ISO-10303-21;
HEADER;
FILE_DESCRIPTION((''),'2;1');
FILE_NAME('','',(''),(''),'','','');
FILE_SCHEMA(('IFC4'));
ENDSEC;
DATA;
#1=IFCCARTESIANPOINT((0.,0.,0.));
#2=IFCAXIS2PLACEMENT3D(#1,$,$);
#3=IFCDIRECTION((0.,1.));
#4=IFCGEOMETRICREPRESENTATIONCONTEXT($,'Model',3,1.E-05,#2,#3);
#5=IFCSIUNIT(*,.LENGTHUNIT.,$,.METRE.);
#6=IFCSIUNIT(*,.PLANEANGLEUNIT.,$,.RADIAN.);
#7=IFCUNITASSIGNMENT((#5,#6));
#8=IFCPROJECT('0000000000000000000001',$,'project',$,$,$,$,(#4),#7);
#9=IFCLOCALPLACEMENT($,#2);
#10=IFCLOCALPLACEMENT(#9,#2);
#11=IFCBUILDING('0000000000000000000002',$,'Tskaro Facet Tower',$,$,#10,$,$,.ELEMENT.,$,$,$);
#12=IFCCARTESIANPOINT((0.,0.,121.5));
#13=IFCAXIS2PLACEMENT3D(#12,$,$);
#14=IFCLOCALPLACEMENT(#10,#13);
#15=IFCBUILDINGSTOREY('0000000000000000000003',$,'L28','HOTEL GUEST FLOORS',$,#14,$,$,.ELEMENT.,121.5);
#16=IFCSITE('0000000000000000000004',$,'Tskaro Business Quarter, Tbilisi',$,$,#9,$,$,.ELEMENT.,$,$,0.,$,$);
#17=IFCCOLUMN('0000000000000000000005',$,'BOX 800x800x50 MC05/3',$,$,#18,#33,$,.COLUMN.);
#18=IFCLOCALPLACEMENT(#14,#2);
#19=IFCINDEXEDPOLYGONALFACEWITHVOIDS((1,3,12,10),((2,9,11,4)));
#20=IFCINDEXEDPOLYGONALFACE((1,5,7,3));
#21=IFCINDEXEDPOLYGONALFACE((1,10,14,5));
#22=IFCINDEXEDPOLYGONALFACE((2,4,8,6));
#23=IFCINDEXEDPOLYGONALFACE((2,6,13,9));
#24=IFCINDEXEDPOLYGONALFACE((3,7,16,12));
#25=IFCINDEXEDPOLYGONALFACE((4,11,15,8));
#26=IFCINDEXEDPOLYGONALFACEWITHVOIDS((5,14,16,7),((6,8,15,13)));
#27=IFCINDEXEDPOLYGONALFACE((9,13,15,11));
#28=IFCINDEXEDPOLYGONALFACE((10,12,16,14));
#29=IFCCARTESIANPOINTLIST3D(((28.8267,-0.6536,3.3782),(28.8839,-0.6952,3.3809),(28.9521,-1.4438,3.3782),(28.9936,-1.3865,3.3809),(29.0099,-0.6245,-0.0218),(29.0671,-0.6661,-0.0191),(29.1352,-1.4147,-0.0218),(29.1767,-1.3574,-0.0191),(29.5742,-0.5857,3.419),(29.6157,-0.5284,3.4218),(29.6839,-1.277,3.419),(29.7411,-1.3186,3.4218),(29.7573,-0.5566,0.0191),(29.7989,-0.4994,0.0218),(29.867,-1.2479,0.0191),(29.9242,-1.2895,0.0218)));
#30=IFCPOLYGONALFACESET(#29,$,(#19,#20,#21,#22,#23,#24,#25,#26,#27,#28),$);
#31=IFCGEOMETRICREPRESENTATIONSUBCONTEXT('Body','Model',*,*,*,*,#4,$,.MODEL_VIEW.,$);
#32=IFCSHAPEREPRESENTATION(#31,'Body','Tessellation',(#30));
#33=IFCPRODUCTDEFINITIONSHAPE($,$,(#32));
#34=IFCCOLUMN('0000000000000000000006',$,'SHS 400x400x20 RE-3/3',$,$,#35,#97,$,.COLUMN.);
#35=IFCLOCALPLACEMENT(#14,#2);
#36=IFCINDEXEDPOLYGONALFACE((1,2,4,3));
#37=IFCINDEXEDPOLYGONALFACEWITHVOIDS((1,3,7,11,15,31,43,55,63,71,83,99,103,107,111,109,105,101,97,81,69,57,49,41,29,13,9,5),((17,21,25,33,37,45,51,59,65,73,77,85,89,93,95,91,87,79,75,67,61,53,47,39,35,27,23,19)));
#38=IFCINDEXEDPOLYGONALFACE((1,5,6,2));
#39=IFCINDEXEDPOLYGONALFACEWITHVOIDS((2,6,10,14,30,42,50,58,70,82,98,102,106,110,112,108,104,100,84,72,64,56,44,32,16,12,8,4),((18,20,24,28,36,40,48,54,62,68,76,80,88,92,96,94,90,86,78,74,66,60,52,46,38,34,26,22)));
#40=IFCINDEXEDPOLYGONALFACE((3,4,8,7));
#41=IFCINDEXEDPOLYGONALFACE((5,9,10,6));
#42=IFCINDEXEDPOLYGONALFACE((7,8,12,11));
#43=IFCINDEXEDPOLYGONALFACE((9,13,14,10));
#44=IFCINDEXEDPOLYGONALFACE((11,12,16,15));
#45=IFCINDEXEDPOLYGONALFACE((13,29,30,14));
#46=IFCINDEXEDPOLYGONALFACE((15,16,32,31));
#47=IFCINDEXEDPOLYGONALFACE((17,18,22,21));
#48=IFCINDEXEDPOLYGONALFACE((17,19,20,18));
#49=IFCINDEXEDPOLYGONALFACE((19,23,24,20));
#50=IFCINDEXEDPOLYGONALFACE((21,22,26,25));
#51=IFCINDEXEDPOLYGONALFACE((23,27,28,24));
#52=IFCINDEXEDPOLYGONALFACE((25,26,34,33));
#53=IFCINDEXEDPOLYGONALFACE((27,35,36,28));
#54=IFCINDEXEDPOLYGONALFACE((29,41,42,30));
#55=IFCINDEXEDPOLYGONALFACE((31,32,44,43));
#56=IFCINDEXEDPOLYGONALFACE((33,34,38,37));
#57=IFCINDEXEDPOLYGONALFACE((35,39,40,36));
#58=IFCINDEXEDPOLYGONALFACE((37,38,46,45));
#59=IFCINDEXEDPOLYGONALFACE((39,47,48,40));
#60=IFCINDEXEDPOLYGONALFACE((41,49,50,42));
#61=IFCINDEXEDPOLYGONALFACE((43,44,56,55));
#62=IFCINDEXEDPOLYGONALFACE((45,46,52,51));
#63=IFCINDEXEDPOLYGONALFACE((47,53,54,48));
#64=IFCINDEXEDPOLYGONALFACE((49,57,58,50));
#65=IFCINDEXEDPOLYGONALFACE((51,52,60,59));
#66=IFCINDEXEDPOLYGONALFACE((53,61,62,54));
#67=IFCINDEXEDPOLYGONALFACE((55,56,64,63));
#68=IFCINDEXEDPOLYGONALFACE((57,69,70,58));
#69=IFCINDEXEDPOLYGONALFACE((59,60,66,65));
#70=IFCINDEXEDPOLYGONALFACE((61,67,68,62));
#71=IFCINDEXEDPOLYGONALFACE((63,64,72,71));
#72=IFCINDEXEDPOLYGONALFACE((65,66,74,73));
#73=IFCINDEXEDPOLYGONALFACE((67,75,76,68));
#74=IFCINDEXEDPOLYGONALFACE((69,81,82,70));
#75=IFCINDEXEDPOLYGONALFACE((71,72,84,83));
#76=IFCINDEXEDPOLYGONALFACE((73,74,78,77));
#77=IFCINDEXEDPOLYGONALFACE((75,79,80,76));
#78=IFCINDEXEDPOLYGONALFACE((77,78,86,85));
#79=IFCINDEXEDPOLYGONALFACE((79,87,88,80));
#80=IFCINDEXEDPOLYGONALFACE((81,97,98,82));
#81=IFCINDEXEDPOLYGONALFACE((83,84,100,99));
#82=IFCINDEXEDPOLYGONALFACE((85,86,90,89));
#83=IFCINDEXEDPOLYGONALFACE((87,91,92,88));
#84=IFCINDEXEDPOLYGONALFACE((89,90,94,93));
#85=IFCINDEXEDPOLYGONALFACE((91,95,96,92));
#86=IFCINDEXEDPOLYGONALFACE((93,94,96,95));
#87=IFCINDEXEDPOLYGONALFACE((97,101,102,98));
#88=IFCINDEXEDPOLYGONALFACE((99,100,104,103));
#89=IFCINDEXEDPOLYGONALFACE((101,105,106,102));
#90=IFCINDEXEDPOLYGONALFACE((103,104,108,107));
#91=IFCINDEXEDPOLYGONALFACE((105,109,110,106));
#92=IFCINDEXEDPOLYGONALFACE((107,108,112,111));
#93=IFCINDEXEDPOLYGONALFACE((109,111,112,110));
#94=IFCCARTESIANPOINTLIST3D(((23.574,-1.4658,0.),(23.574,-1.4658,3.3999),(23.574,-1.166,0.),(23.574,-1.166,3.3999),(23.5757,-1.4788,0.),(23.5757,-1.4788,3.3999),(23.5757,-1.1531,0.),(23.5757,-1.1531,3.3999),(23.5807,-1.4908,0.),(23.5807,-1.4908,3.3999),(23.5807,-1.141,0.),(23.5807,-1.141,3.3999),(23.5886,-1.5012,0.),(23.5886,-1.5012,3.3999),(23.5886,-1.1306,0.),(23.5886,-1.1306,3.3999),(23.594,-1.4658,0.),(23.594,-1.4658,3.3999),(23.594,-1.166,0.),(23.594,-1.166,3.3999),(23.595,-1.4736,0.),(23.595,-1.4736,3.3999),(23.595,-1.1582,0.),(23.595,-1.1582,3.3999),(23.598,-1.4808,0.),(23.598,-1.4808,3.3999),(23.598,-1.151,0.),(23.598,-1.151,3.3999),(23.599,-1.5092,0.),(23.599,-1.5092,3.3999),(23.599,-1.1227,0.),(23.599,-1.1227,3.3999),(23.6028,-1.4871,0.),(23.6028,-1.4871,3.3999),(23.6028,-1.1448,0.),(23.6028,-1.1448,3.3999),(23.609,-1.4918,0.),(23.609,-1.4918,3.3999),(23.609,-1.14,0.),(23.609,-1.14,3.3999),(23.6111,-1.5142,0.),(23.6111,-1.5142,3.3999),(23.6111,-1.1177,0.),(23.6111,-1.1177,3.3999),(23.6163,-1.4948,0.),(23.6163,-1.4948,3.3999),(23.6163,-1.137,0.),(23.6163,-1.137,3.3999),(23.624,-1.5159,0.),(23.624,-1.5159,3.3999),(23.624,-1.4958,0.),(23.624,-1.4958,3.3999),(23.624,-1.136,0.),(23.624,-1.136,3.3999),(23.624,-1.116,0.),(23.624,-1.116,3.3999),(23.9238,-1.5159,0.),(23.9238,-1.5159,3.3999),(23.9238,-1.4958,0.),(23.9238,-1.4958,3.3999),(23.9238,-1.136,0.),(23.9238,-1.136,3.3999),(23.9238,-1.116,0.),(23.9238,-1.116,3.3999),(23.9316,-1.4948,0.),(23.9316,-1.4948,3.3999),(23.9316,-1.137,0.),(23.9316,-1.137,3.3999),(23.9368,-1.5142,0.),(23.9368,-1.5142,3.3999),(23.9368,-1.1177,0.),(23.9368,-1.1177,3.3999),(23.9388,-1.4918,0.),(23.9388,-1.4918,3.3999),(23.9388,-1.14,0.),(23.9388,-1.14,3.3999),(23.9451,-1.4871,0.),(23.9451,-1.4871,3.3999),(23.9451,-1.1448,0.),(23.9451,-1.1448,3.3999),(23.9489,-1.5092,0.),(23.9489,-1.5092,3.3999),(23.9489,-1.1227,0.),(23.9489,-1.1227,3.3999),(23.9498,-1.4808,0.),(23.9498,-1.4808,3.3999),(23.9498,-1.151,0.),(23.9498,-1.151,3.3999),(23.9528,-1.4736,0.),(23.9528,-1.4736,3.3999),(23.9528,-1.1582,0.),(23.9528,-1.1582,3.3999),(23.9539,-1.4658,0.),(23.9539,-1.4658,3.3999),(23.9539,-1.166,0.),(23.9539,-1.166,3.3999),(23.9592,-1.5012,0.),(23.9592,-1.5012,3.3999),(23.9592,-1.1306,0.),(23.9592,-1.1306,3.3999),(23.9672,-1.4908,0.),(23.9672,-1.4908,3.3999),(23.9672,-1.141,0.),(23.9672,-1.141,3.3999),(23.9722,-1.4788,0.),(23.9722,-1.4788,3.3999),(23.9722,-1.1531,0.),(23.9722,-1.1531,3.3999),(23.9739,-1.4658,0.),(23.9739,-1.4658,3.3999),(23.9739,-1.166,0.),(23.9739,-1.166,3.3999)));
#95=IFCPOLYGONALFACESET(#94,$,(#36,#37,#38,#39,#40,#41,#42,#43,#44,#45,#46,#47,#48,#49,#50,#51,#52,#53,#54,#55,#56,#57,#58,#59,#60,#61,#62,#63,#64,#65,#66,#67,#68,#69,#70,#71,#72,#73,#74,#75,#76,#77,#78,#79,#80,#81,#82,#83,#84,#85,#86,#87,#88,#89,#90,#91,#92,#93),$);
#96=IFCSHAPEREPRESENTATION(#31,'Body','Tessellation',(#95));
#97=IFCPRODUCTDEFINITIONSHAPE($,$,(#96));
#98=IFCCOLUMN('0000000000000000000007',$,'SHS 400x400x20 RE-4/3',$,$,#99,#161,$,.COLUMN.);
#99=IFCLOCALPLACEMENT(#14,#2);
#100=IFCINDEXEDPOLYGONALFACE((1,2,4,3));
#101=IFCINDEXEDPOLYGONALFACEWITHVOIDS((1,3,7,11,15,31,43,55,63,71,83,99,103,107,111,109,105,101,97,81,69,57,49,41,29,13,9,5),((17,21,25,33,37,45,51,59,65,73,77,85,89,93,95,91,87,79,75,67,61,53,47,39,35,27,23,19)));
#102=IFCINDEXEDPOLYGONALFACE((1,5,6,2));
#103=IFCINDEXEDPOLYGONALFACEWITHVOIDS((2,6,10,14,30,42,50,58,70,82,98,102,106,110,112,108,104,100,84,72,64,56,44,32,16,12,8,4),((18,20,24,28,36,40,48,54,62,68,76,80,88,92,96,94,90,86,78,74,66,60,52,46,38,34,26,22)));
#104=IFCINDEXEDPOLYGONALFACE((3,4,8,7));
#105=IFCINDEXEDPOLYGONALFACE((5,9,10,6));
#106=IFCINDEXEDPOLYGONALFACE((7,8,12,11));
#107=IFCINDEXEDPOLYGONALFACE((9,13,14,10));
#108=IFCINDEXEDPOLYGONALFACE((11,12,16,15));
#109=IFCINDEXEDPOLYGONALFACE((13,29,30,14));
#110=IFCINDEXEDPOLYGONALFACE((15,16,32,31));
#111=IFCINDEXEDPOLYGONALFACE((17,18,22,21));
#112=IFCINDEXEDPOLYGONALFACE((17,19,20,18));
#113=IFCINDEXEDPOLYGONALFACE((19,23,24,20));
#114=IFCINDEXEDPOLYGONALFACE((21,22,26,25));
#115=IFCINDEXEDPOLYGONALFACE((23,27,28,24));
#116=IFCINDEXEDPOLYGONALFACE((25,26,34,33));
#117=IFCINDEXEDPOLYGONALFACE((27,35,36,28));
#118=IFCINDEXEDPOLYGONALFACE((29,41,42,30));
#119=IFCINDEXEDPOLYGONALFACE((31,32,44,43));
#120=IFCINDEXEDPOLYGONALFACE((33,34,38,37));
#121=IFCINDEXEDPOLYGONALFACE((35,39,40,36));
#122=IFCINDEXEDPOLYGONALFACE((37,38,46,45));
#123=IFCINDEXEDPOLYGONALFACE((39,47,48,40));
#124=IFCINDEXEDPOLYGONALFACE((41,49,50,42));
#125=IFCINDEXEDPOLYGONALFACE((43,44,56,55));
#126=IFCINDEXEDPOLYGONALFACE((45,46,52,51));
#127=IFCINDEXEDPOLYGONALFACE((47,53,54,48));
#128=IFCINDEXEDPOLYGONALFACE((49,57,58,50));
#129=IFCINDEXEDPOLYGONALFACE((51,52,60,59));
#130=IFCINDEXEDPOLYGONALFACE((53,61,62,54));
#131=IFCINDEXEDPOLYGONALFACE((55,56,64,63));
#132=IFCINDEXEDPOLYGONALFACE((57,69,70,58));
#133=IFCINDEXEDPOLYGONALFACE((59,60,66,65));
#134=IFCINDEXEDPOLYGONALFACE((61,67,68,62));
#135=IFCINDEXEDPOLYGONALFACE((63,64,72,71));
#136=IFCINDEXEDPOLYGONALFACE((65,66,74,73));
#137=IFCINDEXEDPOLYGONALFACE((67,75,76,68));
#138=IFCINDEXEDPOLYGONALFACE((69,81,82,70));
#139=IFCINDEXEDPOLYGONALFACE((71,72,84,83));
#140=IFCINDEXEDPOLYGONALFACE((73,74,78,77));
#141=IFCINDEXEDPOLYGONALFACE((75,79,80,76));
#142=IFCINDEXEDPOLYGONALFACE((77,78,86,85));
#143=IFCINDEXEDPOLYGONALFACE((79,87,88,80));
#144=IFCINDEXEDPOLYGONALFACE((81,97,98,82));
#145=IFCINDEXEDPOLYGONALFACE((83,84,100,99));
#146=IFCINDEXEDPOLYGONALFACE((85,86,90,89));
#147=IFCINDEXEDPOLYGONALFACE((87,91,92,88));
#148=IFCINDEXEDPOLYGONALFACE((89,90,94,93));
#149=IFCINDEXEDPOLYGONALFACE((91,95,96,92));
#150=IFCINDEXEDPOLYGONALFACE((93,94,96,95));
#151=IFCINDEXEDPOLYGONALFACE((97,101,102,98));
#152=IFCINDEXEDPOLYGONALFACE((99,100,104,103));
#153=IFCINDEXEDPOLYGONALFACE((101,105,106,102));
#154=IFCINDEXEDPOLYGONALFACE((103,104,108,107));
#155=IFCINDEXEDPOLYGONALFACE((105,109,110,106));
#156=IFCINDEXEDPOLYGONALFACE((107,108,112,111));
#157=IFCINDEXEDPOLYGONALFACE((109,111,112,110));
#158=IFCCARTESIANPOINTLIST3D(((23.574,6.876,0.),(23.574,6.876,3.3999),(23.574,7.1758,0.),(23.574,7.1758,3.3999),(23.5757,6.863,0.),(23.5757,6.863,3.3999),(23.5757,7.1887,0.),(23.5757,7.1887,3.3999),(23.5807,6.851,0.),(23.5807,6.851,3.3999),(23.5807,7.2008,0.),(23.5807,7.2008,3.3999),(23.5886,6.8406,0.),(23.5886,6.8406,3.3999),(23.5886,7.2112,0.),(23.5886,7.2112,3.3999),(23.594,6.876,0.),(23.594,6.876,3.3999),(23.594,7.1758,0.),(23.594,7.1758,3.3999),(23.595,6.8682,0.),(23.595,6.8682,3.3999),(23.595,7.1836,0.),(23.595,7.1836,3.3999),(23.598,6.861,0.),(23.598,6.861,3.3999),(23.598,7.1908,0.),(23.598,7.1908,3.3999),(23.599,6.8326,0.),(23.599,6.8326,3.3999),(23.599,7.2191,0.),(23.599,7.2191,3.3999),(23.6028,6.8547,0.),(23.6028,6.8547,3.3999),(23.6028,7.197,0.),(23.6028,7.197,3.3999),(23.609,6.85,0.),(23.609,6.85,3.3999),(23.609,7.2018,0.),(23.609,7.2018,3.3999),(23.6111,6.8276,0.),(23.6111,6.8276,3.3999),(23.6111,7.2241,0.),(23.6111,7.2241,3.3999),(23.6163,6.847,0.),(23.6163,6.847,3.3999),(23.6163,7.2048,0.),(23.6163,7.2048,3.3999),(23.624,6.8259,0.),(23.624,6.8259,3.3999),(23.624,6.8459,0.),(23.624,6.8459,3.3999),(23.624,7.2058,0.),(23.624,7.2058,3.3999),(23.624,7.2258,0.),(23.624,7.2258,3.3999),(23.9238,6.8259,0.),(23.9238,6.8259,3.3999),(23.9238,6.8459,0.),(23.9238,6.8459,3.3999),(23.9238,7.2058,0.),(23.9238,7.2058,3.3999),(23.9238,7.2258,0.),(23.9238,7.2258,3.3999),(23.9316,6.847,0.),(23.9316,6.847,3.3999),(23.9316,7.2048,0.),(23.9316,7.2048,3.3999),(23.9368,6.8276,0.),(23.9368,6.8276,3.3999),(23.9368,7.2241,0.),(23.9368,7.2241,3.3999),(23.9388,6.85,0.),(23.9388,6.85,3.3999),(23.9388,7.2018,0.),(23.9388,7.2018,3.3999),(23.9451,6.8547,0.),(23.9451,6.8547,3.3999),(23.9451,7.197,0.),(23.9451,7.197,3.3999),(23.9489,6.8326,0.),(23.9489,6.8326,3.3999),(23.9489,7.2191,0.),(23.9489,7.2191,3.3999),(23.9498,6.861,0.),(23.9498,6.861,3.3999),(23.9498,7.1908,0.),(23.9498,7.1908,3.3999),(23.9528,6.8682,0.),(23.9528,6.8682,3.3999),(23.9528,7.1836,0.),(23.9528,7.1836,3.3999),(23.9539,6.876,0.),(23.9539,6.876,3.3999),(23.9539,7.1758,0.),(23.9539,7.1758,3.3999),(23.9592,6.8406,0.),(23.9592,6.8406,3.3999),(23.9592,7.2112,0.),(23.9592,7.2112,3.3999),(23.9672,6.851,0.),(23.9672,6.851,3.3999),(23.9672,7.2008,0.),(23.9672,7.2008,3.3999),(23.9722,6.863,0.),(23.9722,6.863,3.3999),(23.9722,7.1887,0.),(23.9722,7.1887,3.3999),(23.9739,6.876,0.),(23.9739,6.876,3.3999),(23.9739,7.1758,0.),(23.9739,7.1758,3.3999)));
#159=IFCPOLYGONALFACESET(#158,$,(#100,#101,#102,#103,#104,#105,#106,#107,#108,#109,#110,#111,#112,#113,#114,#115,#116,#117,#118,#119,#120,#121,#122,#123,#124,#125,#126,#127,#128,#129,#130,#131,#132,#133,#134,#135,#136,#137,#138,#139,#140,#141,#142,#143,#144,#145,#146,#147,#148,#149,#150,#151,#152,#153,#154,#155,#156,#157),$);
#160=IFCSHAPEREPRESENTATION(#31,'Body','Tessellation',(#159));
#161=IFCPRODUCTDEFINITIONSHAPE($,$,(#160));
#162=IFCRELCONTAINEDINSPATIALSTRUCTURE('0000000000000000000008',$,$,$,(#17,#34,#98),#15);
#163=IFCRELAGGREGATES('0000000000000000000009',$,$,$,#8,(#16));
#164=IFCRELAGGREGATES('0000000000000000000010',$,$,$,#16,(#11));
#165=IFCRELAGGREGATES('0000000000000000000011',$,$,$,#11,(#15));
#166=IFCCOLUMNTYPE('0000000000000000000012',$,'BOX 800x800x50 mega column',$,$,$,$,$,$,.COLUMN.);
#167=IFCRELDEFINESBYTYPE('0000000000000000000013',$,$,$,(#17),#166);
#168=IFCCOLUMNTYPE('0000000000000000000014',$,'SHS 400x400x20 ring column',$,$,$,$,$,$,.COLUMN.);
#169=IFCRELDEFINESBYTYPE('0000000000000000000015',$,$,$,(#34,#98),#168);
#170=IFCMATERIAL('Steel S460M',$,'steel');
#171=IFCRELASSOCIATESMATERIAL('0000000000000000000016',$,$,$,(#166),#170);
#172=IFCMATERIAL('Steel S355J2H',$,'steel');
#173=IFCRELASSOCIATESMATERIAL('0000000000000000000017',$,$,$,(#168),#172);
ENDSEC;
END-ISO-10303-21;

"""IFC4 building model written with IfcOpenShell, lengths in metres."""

from ifc_helpers import new_model, si_unit, direction, frame, origin, origin_2d, place, context, subcontext, project, spatial, hollow_rectangle, extrude, material, material_profile, profile_set, type_object, element, save


model = new_model("IFC4")

# Units and contexts
model_context = context("Model", 3, precision=1e-05, world=origin(), true_north=direction((0.0, 1.0)))
body_context = subcontext(model_context, "Body", "Model", "MODEL_VIEW")
ifc_project = project(units=[si_unit("LENGTHUNIT", "METRE"), si_unit("PLANEANGLEUNIT", "RADIAN")], contexts=[model_context])

# Site, building, storey
site_placement = place(None, origin())
site = spatial("IfcSite", under=ifc_project, at=site_placement, Name="Tskaro Business Quarter, Tbilisi", CompositionType="ELEMENT", RefElevation=0.0)
building_placement = place(site_placement, origin())
building = spatial("IfcBuilding", under=site, at=building_placement, Name="Tskaro Facet Tower", CompositionType="ELEMENT")
storey_placement = place(building_placement, frame((0.0, 0.0, 121.5)))
storey = spatial("IfcBuildingStorey", under=building, at=storey_placement, Name="L28", Description="HOTEL GUEST FLOORS", CompositionType="ELEMENT", Elevation=121.5)

# Columns
ifc_material_1 = material(Name="Steel S460M", Category="steel")
ifc_material_profile_1 = material_profile(ifc_material_1, hollow_rectangle(XDim=0.8, YDim=0.8, WallThickness=0.05, at=origin_2d()), Name="BOX 800x800x50")
ifc_profile_set_1 = profile_set([ifc_material_profile_1], Name="Steel S460M")
column_type_1 = type_object("IfcColumnType", Name="BOX 800x800x50 mega column", PredefinedType="COLUMN", material=ifc_profile_set_1)
column_placement = place(storey_placement, frame((29.467, -0.957, 0.0), z_axis=(-0.053776, -0.008532, 0.998517), x_axis=(0.156706, -0.987645, 0.0)))
element("IfcColumn", 1, at=column_placement, inside=storey, type_object=column_type_1, Name="BOX 800x800x50 MC05/3", PredefinedType="COLUMN", context=body_context, shape_type="SweptSolid", body=[
    extrude(hollow_rectangle(XDim=0.8, YDim=0.8, WallThickness=0.05, at=origin_2d()), origin(), (0.0, 0.0, 1.0), 3.405),
])
ifc_material_2 = material(Name="Steel S355J2H", Category="steel")
ifc_material_profile_2 = material_profile(ifc_material_2, hollow_rectangle(XDim=0.3999, YDim=0.3999, WallThickness=0.02, InnerFilletRadius=0.03, OuterFilletRadius=0.05, at=origin_2d()), Name="SHS 400x400x20")
ifc_profile_set_2 = profile_set([ifc_material_profile_2], Name="Steel S355J2H")
column_type_2 = type_object("IfcColumnType", Name="SHS 400x400x20 ring column", PredefinedType="COLUMN", material=ifc_profile_set_2)
for number, where, z_axis, x_axis, name in (
    (2, (23.7739, -1.3159, 0.0), (0.0, 0.0, 1.0), (1.0, 0.0, 0.0), "SHS 400x400x20 RE-3/3"),
    (3, (23.7739, 7.0259, 0.0), (0.0, 0.0, 1.0), (1.0, 0.0, 0.0), "SHS 400x400x20 RE-4/3"),
):
    element("IfcColumn", number, at=place(storey_placement, frame(where, z_axis=z_axis, x_axis=x_axis)), inside=storey, type_object=column_type_2, Name=name, PredefinedType="COLUMN", context=body_context, shape_type="SweptSolid", body=[
        extrude(hollow_rectangle(XDim=0.3999, YDim=0.3999, WallThickness=0.02, InnerFilletRadius=0.03, OuterFilletRadius=0.05, at=origin_2d()), origin(), (0.0, 0.0, 1.0), 3.3999),
    ])

save(model, "model.ifc")
